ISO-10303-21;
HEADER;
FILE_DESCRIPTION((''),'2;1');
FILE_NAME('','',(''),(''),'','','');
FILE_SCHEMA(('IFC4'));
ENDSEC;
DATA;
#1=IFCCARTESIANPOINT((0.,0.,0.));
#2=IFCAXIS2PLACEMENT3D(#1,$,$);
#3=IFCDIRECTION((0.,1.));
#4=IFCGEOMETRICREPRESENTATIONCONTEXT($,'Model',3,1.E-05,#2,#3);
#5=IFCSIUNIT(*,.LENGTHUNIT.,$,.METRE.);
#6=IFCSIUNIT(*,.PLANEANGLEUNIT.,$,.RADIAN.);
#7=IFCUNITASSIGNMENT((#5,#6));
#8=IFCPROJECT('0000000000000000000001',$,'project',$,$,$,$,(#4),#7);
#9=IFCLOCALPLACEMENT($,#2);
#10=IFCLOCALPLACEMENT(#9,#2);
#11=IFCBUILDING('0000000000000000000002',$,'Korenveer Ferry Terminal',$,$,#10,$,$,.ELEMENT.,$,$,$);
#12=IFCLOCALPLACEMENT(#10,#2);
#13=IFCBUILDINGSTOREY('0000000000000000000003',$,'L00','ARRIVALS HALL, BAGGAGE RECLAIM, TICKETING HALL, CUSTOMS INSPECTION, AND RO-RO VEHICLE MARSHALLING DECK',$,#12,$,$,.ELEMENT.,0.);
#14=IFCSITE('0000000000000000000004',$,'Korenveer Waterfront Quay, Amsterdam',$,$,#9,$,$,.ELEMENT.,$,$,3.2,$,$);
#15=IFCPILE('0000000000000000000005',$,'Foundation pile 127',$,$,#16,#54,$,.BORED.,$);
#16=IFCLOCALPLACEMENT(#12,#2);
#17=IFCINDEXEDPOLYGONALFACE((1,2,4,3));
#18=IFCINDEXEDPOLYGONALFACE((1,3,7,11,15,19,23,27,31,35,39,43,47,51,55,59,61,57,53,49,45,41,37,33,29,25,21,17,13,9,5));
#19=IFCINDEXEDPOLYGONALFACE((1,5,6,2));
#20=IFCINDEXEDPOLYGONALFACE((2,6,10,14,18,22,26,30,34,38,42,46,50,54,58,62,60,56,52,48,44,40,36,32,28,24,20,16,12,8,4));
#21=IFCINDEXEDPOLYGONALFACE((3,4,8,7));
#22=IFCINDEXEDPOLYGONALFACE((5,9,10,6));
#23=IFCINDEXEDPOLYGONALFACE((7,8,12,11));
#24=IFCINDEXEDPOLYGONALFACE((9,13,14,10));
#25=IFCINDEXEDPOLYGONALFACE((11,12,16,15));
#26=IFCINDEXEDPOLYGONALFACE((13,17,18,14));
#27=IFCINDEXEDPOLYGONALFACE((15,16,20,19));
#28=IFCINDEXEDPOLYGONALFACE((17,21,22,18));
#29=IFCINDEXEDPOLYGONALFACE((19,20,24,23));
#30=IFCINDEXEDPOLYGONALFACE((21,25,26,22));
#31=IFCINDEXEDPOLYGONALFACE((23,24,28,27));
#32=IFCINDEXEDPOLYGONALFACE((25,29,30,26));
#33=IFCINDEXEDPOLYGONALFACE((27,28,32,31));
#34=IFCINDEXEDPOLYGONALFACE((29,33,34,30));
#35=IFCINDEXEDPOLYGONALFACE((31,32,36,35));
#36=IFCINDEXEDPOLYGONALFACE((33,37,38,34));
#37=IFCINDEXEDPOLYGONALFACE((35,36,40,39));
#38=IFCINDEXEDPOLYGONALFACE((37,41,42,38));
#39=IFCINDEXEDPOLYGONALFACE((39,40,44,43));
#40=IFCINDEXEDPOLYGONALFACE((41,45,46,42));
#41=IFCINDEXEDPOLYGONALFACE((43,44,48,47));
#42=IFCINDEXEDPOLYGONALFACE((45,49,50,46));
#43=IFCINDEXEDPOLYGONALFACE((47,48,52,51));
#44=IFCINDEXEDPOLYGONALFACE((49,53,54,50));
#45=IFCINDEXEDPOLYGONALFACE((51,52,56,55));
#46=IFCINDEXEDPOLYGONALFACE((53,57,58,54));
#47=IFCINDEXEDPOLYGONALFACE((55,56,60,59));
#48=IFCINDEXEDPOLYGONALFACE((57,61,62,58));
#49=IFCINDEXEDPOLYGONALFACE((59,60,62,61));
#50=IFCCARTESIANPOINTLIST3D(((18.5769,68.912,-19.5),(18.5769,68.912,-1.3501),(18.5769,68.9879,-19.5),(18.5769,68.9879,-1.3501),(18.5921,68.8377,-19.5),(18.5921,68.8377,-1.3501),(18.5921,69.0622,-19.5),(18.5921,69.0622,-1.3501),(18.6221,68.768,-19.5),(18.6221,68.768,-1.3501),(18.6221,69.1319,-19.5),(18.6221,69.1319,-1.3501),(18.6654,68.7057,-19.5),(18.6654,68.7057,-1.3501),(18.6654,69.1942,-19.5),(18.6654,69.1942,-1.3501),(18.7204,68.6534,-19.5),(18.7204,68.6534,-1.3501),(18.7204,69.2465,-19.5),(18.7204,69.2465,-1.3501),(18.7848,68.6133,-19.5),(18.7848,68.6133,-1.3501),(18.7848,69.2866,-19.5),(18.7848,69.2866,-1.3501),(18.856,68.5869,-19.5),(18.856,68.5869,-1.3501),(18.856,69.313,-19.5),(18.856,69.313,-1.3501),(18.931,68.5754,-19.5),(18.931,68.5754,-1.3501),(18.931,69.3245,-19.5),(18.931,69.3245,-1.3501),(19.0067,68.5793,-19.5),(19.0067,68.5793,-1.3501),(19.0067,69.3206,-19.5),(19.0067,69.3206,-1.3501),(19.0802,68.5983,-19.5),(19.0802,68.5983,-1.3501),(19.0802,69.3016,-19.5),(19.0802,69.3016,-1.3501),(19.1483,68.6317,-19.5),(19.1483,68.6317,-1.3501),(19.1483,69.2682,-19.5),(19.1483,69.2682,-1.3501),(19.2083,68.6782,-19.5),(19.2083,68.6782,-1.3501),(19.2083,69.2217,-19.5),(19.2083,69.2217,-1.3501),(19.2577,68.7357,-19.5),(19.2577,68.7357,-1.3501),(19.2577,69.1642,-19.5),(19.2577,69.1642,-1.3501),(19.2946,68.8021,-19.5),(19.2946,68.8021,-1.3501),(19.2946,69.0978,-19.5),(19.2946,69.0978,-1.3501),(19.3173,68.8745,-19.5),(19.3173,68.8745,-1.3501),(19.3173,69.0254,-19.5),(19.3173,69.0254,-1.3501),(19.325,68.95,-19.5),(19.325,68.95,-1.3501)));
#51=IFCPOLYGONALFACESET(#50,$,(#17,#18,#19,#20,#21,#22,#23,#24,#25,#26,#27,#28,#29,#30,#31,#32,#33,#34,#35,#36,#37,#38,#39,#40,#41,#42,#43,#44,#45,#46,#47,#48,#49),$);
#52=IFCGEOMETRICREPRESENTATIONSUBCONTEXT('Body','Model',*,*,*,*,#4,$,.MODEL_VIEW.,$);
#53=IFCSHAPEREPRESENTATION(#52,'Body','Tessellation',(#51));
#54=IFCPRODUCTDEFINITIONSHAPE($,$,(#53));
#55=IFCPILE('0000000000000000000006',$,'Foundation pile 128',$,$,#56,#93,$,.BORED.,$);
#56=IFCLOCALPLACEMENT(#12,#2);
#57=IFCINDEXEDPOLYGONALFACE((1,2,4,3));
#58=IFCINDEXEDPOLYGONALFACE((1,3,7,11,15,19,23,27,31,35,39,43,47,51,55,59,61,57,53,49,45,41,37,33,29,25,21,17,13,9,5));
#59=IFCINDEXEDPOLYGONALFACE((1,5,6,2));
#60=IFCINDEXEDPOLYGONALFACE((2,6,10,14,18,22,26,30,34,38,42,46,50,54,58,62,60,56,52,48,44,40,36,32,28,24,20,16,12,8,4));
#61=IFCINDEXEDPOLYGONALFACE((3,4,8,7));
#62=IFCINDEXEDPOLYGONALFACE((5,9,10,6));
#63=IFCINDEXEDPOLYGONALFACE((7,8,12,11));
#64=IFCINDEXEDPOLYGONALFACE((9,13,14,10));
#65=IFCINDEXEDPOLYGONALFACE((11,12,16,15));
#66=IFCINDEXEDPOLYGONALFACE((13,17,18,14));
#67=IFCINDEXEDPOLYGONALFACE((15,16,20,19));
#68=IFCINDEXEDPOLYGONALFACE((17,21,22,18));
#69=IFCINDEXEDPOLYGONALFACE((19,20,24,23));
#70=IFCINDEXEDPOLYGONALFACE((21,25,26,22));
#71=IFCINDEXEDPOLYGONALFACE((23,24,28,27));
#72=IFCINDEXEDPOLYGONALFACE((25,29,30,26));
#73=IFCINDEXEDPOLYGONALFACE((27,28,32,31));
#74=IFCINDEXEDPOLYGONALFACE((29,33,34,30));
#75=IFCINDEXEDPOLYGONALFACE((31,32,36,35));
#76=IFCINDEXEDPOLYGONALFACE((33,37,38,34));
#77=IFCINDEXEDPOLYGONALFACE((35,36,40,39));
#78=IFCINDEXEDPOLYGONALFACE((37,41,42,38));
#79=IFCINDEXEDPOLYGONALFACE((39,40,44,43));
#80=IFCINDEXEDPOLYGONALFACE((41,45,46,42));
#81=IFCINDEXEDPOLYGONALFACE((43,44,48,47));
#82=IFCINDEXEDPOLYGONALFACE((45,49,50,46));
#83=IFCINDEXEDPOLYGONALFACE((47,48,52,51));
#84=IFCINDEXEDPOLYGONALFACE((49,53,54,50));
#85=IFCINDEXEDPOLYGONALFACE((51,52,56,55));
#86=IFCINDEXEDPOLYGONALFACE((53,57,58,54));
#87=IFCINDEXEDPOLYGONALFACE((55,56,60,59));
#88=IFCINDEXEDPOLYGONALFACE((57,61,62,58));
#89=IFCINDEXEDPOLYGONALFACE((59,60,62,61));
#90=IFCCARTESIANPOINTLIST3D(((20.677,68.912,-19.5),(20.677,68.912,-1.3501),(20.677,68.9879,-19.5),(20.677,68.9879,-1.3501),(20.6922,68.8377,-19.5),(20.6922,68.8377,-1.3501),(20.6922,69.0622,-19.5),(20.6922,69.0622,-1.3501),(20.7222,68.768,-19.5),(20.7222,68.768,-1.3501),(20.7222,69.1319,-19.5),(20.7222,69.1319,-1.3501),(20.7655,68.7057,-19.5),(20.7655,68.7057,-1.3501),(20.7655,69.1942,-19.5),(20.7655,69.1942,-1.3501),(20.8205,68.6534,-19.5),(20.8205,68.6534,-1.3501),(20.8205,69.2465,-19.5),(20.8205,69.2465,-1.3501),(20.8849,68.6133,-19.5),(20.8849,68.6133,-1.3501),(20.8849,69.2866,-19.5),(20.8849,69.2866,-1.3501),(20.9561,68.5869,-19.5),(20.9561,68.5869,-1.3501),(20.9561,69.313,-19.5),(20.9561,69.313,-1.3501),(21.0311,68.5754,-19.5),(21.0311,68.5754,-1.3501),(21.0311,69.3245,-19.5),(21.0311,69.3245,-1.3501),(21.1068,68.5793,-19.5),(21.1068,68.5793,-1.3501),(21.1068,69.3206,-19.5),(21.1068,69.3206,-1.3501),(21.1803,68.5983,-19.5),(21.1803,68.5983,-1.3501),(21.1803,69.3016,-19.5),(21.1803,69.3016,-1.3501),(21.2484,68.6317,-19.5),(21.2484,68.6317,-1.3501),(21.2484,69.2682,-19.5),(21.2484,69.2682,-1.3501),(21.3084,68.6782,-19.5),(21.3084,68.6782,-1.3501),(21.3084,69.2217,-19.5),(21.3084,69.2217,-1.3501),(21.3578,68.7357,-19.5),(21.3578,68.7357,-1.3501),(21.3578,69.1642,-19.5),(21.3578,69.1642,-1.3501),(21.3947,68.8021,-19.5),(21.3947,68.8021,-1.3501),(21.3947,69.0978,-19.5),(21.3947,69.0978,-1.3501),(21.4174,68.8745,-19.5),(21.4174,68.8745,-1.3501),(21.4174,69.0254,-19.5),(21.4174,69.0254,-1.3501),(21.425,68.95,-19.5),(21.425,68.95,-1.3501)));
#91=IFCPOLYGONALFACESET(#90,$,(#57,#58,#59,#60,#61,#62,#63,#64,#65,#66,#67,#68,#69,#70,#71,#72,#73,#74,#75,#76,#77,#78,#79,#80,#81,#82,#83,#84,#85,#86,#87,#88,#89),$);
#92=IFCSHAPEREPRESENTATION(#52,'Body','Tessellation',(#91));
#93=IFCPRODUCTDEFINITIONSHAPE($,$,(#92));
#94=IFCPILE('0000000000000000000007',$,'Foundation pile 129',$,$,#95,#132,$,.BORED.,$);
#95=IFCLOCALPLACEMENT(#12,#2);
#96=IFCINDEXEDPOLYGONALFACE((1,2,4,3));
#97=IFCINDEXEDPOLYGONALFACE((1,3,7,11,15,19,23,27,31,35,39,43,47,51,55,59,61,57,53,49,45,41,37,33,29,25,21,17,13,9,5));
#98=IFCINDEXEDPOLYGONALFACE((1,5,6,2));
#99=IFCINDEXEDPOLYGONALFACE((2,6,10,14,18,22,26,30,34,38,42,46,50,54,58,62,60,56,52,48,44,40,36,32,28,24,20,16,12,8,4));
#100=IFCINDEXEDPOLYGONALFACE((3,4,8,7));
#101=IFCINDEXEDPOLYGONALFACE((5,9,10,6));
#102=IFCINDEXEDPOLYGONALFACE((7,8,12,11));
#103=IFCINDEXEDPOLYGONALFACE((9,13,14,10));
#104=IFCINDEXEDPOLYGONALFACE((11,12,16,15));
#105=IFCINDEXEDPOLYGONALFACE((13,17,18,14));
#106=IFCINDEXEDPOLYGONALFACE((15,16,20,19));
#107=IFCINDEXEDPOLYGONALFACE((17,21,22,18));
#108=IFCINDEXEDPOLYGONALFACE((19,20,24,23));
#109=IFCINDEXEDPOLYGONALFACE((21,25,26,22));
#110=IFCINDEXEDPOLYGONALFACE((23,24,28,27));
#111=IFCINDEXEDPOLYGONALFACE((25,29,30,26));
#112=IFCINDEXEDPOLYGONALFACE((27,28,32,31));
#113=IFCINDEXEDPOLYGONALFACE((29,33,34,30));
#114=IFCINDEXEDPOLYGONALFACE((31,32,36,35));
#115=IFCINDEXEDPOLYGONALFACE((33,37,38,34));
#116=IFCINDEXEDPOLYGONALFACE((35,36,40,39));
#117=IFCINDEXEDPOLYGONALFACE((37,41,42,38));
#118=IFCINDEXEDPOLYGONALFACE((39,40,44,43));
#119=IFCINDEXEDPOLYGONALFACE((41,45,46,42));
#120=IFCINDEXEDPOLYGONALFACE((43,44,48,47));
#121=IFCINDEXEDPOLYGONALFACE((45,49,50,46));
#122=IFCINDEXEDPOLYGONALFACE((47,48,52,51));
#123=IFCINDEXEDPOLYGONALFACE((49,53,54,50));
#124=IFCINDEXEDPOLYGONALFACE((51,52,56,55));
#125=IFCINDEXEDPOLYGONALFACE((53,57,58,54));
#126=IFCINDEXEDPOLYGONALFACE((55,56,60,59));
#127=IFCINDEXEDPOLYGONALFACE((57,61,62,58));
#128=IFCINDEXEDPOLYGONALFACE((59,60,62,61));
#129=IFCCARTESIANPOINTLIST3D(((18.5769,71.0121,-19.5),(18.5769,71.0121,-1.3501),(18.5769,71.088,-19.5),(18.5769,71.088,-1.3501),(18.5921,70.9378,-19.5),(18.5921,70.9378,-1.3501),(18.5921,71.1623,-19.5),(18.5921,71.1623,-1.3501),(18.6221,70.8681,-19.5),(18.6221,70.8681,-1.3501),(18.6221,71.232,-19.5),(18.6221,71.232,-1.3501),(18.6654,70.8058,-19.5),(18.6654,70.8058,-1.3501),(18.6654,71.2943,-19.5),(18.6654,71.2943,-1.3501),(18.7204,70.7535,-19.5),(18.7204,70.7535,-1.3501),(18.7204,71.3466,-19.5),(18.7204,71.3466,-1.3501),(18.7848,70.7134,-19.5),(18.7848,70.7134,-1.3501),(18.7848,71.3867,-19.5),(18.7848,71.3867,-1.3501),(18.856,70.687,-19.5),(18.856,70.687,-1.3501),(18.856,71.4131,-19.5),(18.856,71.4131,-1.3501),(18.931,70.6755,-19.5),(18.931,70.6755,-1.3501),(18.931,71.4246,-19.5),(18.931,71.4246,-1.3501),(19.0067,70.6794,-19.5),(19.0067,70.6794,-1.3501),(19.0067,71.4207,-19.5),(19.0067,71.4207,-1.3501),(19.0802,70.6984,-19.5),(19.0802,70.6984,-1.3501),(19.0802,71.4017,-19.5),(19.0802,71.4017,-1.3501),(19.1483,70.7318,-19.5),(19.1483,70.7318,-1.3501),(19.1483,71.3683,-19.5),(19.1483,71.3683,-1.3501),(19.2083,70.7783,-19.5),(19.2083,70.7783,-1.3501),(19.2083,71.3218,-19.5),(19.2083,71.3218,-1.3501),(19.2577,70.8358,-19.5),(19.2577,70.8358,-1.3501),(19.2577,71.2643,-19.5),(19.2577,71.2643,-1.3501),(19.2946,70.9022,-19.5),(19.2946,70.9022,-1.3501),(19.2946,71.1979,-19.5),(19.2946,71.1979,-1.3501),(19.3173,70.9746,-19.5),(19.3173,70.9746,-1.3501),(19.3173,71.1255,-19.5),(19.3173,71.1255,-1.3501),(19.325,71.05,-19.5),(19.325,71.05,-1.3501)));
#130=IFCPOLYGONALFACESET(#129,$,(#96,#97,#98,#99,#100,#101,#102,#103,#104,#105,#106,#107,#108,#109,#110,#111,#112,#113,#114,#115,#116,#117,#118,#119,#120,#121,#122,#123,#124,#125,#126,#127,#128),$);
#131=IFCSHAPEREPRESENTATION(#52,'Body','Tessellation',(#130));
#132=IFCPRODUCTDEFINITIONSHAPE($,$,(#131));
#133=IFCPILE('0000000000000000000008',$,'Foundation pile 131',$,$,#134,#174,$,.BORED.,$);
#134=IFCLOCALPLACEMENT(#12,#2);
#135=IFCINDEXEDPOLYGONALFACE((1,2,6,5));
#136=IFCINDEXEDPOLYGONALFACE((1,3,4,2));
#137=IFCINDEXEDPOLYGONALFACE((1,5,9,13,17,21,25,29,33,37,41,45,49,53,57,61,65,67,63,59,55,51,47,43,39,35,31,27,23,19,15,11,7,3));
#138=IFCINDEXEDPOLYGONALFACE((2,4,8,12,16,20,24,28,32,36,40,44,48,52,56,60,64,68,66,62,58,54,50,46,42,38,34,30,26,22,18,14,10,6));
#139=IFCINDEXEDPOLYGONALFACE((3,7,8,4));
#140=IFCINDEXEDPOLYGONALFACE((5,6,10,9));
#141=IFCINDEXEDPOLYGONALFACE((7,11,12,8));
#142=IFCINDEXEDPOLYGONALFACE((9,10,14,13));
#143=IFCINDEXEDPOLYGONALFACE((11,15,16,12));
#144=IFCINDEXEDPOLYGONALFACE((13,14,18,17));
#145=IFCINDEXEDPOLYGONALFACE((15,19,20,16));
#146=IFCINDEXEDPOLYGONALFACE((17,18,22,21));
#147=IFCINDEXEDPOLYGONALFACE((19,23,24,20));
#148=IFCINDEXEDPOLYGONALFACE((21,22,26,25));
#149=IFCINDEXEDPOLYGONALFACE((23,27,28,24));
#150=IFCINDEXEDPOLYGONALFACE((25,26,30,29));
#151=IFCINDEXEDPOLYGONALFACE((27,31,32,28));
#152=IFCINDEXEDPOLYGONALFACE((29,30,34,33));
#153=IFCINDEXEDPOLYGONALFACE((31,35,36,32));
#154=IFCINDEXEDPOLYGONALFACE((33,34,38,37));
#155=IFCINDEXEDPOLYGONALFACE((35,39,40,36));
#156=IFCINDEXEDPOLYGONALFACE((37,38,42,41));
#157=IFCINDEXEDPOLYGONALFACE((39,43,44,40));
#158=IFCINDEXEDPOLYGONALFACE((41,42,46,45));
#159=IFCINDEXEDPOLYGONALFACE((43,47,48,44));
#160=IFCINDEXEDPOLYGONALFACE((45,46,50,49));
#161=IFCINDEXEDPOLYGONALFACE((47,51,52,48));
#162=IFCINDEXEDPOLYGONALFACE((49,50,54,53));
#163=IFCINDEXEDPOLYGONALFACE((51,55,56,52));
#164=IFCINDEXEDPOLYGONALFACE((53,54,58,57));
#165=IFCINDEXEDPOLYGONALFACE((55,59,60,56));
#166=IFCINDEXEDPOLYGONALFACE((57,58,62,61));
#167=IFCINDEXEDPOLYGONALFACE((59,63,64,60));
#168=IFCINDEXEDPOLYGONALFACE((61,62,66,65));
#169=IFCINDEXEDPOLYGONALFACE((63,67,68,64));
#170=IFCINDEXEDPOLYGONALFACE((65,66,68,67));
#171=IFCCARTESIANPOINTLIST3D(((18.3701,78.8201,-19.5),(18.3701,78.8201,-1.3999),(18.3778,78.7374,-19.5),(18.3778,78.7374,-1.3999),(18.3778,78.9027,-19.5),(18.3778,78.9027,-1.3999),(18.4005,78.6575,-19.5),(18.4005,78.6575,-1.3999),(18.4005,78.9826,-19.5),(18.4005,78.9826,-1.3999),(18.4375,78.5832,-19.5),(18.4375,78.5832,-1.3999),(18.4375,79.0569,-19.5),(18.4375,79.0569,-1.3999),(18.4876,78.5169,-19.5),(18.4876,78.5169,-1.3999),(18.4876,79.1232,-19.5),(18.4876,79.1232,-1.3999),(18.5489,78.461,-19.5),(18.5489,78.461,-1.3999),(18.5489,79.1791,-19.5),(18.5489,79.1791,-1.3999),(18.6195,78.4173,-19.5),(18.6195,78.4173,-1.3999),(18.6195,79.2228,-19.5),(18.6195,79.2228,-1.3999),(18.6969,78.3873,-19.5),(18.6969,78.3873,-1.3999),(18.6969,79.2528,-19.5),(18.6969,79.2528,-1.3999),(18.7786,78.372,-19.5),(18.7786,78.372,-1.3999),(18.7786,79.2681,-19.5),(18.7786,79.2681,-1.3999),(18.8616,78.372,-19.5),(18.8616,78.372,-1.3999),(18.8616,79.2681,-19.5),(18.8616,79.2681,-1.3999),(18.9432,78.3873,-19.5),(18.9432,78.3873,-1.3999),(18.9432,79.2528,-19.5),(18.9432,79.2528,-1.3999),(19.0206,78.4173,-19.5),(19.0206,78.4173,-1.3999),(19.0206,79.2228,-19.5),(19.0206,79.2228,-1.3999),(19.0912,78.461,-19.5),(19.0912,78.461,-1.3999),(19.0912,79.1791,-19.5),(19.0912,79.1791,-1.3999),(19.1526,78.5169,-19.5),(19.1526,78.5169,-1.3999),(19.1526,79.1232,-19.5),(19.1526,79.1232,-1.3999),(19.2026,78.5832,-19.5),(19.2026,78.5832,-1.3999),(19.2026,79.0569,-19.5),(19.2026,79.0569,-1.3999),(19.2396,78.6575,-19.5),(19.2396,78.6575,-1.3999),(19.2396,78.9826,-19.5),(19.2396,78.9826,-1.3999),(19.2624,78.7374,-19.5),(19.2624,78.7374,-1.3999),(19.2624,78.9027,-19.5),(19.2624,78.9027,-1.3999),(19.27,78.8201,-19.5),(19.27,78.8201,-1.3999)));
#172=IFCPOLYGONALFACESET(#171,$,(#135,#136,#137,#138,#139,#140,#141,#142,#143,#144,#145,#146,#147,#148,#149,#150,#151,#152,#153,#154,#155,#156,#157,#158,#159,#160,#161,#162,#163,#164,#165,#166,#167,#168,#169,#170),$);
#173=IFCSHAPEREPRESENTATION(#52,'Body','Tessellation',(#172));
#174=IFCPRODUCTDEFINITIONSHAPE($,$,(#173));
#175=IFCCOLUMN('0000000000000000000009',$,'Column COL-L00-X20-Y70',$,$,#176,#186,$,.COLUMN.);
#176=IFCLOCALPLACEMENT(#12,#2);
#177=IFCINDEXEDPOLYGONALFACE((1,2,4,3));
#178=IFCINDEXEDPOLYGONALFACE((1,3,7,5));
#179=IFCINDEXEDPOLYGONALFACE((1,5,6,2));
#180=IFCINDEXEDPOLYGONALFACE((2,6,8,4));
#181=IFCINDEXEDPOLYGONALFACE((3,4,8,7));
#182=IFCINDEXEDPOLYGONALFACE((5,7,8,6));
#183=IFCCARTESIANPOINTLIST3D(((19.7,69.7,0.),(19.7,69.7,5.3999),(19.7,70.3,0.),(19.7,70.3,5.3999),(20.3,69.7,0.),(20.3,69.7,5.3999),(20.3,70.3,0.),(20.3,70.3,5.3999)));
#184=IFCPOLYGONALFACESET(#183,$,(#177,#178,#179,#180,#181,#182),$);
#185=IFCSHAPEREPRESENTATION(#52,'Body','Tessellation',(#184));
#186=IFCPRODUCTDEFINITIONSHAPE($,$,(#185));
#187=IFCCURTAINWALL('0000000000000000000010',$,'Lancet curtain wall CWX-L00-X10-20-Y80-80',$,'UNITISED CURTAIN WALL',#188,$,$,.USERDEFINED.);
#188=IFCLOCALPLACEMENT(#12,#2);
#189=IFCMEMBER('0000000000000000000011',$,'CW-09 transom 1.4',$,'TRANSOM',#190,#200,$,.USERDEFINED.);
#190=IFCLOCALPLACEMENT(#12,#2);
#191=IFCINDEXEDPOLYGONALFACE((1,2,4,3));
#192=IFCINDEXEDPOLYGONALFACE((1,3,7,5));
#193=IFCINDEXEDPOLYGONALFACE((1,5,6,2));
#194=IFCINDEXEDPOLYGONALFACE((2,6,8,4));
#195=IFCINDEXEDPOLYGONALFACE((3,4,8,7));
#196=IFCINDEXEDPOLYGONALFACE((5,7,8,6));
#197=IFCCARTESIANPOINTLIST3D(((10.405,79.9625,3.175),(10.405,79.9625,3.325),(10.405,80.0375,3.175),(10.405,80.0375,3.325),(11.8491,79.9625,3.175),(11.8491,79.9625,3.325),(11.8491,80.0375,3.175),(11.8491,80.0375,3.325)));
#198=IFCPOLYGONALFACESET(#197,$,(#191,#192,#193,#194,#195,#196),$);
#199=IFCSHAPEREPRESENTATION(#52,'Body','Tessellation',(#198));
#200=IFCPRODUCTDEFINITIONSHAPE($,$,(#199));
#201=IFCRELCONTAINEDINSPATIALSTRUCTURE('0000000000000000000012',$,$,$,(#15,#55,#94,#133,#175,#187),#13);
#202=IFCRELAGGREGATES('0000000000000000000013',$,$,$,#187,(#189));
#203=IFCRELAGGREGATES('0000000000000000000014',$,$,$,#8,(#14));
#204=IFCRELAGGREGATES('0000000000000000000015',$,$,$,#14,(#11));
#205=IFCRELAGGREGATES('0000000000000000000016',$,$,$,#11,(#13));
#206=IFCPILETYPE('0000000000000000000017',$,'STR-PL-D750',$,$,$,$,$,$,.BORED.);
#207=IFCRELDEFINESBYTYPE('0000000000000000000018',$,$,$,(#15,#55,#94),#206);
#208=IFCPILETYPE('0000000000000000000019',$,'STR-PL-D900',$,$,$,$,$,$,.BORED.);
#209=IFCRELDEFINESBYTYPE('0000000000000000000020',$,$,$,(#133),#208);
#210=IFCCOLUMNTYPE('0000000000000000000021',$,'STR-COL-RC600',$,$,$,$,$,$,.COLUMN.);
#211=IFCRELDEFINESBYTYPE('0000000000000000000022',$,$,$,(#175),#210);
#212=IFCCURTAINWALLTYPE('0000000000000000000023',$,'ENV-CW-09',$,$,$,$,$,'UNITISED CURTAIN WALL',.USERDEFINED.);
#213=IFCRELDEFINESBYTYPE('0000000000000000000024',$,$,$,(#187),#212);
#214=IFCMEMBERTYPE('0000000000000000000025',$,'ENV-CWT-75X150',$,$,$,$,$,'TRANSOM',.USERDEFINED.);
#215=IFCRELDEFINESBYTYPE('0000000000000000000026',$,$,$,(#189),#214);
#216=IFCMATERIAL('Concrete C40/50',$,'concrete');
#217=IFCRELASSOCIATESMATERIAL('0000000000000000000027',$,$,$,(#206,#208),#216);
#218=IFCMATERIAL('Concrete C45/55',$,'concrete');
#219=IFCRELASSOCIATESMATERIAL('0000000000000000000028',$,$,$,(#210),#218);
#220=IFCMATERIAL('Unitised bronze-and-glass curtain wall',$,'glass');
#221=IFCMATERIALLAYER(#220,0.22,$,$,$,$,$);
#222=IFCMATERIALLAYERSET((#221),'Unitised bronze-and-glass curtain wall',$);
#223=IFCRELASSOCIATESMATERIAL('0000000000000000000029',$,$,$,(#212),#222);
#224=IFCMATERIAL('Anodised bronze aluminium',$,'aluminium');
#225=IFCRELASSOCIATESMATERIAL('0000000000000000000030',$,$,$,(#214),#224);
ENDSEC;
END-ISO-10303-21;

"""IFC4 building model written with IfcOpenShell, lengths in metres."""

from ifc_helpers import new_model, si_unit, direction, frame, origin, origin_2d, place, context, subcontext, project, spatial, rectangle, circle, extrude, material, layer, layer_set, material_profile, profile_set, type_object, element, aggregate, save


model = new_model("IFC4")

# Units and contexts
model_context = context("Model", 3, precision=1e-05, world=origin(), true_north=direction((0.0, 1.0)))
body_context = subcontext(model_context, "Body", "Model", "MODEL_VIEW")
ifc_project = project(units=[si_unit("LENGTHUNIT", "METRE"), si_unit("PLANEANGLEUNIT", "RADIAN")], contexts=[model_context])

# Site, building, storey
site_placement = place(None, origin())
site = spatial("IfcSite", under=ifc_project, at=site_placement, Name="Korenveer Waterfront Quay, Amsterdam", CompositionType="ELEMENT", RefElevation=3.2)
building_placement = place(site_placement, origin())
building = spatial("IfcBuilding", under=site, at=building_placement, Name="Korenveer Ferry Terminal", CompositionType="ELEMENT")
storey_placement = place(building_placement, origin())
storey = spatial("IfcBuildingStorey", under=building, at=storey_placement, Name="L00", Description="ARRIVALS HALL, BAGGAGE RECLAIM, TICKETING HALL, CUSTOMS INSPECTION, AND RO-RO VEHICLE MARSHALLING DECK", CompositionType="ELEMENT", Elevation=0.0)

# Shared definitions
ifc_material_1 = material(Name="Concrete C40/50", Category="concrete")
ifc_material_2 = material(Name="Concrete C45/55", Category="concrete")

# Piles
ifc_material_profile_1 = material_profile(ifc_material_1, circle(Radius=0.375, at=origin_2d()), Name="PILE D750")
ifc_profile_set_1 = profile_set([ifc_material_profile_1], Name="Concrete C40/50")
pile_type_1 = type_object("IfcPileType", Name="STR-PL-D750", PredefinedType="BORED", material=ifc_profile_set_1)
for number, where, z_axis, x_axis, name in (
    (1, (18.95, 68.95, -1.3501), (0.0, 0.0, -1.0), (1.0, 0.0, 0.0), "Foundation pile 127"),
    (2, (21.05, 68.95, -1.3501), (0.0, 0.0, -1.0), (1.0, 0.0, 0.0), "Foundation pile 128"),
    (3, (18.95, 71.05, -1.3501), (0.0, 0.0, -1.0), (1.0, 0.0, 0.0), "Foundation pile 129"),
):
    element("IfcPile", number, at=place(storey_placement, frame(where, z_axis=z_axis, x_axis=x_axis)), inside=storey, type_object=pile_type_1, Name=name, PredefinedType="BORED", context=body_context, shape_type="SweptSolid", body=[
        extrude(circle(Radius=0.375, at=origin_2d()), origin(), (0.0, 0.0, 1.0), 18.1499),
    ])
ifc_material_profile_2 = material_profile(ifc_material_1, circle(Radius=0.45, at=origin_2d()), Name="PILE D900")
ifc_profile_set_2 = profile_set([ifc_material_profile_2], Name="Concrete C40/50")
pile_type_2 = type_object("IfcPileType", Name="STR-PL-D900", PredefinedType="BORED", material=ifc_profile_set_2)
pile_placement = place(storey_placement, frame((18.8201, 78.8201, -1.3999), z_axis=(0.0, 0.0, -1.0), x_axis=(1.0, 0.0, 0.0)))
element("IfcPile", 4, at=pile_placement, inside=storey, type_object=pile_type_2, Name="Foundation pile 131", PredefinedType="BORED", context=body_context, shape_type="SweptSolid", body=[
    extrude(circle(Radius=0.45, at=origin_2d()), origin(), (0.0, 0.0, 1.0), 18.1001),
])

# Column
ifc_material_profile_3 = material_profile(ifc_material_2, rectangle(XDim=0.6001, YDim=0.6001, at=origin_2d()), Name="RC 600x600")
ifc_profile_set_3 = profile_set([ifc_material_profile_3], Name="Concrete C45/55")
column_type = type_object("IfcColumnType", Name="STR-COL-RC600", PredefinedType="COLUMN", material=ifc_profile_set_3)
column_placement = place(storey_placement, frame((20.0, 70.0, 0.0), z_axis=(0.0, 0.0, 1.0), x_axis=(1.0, 0.0, 0.0)))
element("IfcColumn", 5, at=column_placement, inside=storey, type_object=column_type, Name="Column COL-L00-X20-Y70", PredefinedType="COLUMN", context=body_context, shape_type="SweptSolid", body=[
    extrude(rectangle(XDim=0.6001, YDim=0.6001, at=origin_2d()), origin(), (0.0, 0.0, 1.0), 5.3999),
])

# Curtain wall, member
ifc_material_3 = material(Name="Unitised bronze-and-glass curtain wall", Category="glass")
ifc_layer_1 = layer(ifc_material_3, 0.22)
ifc_layer_set_1 = layer_set([ifc_layer_1], Name="Unitised bronze-and-glass curtain wall")
curtain_wall_type = type_object("IfcCurtainWallType", Name="ENV-CW-09", ElementType="UNITISED CURTAIN WALL", PredefinedType="USERDEFINED", material=ifc_layer_set_1)
curtain_wall_placement = place(storey_placement, frame((10.3301, 80.0, 0.0)))
curtain_wall = element("IfcCurtainWall", 6, at=curtain_wall_placement, inside=storey, type_object=curtain_wall_type, Name="Lancet curtain wall CWX-L00-X10-20-Y80-80", ObjectType="UNITISED CURTAIN WALL", PredefinedType="USERDEFINED")
ifc_material_4 = material(Name="Anodised bronze aluminium", Category="aluminium")
ifc_material_profile_4 = material_profile(ifc_material_4, rectangle(XDim=0.075, YDim=0.1499, at=origin_2d()), Name="ALU 75x150")
ifc_profile_set_4 = profile_set([ifc_material_profile_4], Name="Anodised bronze aluminium")
member_type = type_object("IfcMemberType", Name="ENV-CWT-75X150", ElementType="TRANSOM", PredefinedType="USERDEFINED", material=ifc_profile_set_4)
member_1_placement = place(storey_placement, frame((10.405, 80.0, 3.25), z_axis=(1.0, 0.0, 0.0), x_axis=(0.0, 1.0, 0.0)))
member_1 = element("IfcMember", 7, at=member_1_placement, type_object=member_type, Name="CW-09 transom 1.4", ObjectType="TRANSOM", PredefinedType="USERDEFINED", context=body_context, shape_type="SweptSolid", body=[
    extrude(rectangle(XDim=0.075, YDim=0.1499, at=origin_2d()), origin(), (0.0, 0.0, 1.0), 1.4441),
])

aggregate(curtain_wall, [member_1])

save(model, "model.ifc")
